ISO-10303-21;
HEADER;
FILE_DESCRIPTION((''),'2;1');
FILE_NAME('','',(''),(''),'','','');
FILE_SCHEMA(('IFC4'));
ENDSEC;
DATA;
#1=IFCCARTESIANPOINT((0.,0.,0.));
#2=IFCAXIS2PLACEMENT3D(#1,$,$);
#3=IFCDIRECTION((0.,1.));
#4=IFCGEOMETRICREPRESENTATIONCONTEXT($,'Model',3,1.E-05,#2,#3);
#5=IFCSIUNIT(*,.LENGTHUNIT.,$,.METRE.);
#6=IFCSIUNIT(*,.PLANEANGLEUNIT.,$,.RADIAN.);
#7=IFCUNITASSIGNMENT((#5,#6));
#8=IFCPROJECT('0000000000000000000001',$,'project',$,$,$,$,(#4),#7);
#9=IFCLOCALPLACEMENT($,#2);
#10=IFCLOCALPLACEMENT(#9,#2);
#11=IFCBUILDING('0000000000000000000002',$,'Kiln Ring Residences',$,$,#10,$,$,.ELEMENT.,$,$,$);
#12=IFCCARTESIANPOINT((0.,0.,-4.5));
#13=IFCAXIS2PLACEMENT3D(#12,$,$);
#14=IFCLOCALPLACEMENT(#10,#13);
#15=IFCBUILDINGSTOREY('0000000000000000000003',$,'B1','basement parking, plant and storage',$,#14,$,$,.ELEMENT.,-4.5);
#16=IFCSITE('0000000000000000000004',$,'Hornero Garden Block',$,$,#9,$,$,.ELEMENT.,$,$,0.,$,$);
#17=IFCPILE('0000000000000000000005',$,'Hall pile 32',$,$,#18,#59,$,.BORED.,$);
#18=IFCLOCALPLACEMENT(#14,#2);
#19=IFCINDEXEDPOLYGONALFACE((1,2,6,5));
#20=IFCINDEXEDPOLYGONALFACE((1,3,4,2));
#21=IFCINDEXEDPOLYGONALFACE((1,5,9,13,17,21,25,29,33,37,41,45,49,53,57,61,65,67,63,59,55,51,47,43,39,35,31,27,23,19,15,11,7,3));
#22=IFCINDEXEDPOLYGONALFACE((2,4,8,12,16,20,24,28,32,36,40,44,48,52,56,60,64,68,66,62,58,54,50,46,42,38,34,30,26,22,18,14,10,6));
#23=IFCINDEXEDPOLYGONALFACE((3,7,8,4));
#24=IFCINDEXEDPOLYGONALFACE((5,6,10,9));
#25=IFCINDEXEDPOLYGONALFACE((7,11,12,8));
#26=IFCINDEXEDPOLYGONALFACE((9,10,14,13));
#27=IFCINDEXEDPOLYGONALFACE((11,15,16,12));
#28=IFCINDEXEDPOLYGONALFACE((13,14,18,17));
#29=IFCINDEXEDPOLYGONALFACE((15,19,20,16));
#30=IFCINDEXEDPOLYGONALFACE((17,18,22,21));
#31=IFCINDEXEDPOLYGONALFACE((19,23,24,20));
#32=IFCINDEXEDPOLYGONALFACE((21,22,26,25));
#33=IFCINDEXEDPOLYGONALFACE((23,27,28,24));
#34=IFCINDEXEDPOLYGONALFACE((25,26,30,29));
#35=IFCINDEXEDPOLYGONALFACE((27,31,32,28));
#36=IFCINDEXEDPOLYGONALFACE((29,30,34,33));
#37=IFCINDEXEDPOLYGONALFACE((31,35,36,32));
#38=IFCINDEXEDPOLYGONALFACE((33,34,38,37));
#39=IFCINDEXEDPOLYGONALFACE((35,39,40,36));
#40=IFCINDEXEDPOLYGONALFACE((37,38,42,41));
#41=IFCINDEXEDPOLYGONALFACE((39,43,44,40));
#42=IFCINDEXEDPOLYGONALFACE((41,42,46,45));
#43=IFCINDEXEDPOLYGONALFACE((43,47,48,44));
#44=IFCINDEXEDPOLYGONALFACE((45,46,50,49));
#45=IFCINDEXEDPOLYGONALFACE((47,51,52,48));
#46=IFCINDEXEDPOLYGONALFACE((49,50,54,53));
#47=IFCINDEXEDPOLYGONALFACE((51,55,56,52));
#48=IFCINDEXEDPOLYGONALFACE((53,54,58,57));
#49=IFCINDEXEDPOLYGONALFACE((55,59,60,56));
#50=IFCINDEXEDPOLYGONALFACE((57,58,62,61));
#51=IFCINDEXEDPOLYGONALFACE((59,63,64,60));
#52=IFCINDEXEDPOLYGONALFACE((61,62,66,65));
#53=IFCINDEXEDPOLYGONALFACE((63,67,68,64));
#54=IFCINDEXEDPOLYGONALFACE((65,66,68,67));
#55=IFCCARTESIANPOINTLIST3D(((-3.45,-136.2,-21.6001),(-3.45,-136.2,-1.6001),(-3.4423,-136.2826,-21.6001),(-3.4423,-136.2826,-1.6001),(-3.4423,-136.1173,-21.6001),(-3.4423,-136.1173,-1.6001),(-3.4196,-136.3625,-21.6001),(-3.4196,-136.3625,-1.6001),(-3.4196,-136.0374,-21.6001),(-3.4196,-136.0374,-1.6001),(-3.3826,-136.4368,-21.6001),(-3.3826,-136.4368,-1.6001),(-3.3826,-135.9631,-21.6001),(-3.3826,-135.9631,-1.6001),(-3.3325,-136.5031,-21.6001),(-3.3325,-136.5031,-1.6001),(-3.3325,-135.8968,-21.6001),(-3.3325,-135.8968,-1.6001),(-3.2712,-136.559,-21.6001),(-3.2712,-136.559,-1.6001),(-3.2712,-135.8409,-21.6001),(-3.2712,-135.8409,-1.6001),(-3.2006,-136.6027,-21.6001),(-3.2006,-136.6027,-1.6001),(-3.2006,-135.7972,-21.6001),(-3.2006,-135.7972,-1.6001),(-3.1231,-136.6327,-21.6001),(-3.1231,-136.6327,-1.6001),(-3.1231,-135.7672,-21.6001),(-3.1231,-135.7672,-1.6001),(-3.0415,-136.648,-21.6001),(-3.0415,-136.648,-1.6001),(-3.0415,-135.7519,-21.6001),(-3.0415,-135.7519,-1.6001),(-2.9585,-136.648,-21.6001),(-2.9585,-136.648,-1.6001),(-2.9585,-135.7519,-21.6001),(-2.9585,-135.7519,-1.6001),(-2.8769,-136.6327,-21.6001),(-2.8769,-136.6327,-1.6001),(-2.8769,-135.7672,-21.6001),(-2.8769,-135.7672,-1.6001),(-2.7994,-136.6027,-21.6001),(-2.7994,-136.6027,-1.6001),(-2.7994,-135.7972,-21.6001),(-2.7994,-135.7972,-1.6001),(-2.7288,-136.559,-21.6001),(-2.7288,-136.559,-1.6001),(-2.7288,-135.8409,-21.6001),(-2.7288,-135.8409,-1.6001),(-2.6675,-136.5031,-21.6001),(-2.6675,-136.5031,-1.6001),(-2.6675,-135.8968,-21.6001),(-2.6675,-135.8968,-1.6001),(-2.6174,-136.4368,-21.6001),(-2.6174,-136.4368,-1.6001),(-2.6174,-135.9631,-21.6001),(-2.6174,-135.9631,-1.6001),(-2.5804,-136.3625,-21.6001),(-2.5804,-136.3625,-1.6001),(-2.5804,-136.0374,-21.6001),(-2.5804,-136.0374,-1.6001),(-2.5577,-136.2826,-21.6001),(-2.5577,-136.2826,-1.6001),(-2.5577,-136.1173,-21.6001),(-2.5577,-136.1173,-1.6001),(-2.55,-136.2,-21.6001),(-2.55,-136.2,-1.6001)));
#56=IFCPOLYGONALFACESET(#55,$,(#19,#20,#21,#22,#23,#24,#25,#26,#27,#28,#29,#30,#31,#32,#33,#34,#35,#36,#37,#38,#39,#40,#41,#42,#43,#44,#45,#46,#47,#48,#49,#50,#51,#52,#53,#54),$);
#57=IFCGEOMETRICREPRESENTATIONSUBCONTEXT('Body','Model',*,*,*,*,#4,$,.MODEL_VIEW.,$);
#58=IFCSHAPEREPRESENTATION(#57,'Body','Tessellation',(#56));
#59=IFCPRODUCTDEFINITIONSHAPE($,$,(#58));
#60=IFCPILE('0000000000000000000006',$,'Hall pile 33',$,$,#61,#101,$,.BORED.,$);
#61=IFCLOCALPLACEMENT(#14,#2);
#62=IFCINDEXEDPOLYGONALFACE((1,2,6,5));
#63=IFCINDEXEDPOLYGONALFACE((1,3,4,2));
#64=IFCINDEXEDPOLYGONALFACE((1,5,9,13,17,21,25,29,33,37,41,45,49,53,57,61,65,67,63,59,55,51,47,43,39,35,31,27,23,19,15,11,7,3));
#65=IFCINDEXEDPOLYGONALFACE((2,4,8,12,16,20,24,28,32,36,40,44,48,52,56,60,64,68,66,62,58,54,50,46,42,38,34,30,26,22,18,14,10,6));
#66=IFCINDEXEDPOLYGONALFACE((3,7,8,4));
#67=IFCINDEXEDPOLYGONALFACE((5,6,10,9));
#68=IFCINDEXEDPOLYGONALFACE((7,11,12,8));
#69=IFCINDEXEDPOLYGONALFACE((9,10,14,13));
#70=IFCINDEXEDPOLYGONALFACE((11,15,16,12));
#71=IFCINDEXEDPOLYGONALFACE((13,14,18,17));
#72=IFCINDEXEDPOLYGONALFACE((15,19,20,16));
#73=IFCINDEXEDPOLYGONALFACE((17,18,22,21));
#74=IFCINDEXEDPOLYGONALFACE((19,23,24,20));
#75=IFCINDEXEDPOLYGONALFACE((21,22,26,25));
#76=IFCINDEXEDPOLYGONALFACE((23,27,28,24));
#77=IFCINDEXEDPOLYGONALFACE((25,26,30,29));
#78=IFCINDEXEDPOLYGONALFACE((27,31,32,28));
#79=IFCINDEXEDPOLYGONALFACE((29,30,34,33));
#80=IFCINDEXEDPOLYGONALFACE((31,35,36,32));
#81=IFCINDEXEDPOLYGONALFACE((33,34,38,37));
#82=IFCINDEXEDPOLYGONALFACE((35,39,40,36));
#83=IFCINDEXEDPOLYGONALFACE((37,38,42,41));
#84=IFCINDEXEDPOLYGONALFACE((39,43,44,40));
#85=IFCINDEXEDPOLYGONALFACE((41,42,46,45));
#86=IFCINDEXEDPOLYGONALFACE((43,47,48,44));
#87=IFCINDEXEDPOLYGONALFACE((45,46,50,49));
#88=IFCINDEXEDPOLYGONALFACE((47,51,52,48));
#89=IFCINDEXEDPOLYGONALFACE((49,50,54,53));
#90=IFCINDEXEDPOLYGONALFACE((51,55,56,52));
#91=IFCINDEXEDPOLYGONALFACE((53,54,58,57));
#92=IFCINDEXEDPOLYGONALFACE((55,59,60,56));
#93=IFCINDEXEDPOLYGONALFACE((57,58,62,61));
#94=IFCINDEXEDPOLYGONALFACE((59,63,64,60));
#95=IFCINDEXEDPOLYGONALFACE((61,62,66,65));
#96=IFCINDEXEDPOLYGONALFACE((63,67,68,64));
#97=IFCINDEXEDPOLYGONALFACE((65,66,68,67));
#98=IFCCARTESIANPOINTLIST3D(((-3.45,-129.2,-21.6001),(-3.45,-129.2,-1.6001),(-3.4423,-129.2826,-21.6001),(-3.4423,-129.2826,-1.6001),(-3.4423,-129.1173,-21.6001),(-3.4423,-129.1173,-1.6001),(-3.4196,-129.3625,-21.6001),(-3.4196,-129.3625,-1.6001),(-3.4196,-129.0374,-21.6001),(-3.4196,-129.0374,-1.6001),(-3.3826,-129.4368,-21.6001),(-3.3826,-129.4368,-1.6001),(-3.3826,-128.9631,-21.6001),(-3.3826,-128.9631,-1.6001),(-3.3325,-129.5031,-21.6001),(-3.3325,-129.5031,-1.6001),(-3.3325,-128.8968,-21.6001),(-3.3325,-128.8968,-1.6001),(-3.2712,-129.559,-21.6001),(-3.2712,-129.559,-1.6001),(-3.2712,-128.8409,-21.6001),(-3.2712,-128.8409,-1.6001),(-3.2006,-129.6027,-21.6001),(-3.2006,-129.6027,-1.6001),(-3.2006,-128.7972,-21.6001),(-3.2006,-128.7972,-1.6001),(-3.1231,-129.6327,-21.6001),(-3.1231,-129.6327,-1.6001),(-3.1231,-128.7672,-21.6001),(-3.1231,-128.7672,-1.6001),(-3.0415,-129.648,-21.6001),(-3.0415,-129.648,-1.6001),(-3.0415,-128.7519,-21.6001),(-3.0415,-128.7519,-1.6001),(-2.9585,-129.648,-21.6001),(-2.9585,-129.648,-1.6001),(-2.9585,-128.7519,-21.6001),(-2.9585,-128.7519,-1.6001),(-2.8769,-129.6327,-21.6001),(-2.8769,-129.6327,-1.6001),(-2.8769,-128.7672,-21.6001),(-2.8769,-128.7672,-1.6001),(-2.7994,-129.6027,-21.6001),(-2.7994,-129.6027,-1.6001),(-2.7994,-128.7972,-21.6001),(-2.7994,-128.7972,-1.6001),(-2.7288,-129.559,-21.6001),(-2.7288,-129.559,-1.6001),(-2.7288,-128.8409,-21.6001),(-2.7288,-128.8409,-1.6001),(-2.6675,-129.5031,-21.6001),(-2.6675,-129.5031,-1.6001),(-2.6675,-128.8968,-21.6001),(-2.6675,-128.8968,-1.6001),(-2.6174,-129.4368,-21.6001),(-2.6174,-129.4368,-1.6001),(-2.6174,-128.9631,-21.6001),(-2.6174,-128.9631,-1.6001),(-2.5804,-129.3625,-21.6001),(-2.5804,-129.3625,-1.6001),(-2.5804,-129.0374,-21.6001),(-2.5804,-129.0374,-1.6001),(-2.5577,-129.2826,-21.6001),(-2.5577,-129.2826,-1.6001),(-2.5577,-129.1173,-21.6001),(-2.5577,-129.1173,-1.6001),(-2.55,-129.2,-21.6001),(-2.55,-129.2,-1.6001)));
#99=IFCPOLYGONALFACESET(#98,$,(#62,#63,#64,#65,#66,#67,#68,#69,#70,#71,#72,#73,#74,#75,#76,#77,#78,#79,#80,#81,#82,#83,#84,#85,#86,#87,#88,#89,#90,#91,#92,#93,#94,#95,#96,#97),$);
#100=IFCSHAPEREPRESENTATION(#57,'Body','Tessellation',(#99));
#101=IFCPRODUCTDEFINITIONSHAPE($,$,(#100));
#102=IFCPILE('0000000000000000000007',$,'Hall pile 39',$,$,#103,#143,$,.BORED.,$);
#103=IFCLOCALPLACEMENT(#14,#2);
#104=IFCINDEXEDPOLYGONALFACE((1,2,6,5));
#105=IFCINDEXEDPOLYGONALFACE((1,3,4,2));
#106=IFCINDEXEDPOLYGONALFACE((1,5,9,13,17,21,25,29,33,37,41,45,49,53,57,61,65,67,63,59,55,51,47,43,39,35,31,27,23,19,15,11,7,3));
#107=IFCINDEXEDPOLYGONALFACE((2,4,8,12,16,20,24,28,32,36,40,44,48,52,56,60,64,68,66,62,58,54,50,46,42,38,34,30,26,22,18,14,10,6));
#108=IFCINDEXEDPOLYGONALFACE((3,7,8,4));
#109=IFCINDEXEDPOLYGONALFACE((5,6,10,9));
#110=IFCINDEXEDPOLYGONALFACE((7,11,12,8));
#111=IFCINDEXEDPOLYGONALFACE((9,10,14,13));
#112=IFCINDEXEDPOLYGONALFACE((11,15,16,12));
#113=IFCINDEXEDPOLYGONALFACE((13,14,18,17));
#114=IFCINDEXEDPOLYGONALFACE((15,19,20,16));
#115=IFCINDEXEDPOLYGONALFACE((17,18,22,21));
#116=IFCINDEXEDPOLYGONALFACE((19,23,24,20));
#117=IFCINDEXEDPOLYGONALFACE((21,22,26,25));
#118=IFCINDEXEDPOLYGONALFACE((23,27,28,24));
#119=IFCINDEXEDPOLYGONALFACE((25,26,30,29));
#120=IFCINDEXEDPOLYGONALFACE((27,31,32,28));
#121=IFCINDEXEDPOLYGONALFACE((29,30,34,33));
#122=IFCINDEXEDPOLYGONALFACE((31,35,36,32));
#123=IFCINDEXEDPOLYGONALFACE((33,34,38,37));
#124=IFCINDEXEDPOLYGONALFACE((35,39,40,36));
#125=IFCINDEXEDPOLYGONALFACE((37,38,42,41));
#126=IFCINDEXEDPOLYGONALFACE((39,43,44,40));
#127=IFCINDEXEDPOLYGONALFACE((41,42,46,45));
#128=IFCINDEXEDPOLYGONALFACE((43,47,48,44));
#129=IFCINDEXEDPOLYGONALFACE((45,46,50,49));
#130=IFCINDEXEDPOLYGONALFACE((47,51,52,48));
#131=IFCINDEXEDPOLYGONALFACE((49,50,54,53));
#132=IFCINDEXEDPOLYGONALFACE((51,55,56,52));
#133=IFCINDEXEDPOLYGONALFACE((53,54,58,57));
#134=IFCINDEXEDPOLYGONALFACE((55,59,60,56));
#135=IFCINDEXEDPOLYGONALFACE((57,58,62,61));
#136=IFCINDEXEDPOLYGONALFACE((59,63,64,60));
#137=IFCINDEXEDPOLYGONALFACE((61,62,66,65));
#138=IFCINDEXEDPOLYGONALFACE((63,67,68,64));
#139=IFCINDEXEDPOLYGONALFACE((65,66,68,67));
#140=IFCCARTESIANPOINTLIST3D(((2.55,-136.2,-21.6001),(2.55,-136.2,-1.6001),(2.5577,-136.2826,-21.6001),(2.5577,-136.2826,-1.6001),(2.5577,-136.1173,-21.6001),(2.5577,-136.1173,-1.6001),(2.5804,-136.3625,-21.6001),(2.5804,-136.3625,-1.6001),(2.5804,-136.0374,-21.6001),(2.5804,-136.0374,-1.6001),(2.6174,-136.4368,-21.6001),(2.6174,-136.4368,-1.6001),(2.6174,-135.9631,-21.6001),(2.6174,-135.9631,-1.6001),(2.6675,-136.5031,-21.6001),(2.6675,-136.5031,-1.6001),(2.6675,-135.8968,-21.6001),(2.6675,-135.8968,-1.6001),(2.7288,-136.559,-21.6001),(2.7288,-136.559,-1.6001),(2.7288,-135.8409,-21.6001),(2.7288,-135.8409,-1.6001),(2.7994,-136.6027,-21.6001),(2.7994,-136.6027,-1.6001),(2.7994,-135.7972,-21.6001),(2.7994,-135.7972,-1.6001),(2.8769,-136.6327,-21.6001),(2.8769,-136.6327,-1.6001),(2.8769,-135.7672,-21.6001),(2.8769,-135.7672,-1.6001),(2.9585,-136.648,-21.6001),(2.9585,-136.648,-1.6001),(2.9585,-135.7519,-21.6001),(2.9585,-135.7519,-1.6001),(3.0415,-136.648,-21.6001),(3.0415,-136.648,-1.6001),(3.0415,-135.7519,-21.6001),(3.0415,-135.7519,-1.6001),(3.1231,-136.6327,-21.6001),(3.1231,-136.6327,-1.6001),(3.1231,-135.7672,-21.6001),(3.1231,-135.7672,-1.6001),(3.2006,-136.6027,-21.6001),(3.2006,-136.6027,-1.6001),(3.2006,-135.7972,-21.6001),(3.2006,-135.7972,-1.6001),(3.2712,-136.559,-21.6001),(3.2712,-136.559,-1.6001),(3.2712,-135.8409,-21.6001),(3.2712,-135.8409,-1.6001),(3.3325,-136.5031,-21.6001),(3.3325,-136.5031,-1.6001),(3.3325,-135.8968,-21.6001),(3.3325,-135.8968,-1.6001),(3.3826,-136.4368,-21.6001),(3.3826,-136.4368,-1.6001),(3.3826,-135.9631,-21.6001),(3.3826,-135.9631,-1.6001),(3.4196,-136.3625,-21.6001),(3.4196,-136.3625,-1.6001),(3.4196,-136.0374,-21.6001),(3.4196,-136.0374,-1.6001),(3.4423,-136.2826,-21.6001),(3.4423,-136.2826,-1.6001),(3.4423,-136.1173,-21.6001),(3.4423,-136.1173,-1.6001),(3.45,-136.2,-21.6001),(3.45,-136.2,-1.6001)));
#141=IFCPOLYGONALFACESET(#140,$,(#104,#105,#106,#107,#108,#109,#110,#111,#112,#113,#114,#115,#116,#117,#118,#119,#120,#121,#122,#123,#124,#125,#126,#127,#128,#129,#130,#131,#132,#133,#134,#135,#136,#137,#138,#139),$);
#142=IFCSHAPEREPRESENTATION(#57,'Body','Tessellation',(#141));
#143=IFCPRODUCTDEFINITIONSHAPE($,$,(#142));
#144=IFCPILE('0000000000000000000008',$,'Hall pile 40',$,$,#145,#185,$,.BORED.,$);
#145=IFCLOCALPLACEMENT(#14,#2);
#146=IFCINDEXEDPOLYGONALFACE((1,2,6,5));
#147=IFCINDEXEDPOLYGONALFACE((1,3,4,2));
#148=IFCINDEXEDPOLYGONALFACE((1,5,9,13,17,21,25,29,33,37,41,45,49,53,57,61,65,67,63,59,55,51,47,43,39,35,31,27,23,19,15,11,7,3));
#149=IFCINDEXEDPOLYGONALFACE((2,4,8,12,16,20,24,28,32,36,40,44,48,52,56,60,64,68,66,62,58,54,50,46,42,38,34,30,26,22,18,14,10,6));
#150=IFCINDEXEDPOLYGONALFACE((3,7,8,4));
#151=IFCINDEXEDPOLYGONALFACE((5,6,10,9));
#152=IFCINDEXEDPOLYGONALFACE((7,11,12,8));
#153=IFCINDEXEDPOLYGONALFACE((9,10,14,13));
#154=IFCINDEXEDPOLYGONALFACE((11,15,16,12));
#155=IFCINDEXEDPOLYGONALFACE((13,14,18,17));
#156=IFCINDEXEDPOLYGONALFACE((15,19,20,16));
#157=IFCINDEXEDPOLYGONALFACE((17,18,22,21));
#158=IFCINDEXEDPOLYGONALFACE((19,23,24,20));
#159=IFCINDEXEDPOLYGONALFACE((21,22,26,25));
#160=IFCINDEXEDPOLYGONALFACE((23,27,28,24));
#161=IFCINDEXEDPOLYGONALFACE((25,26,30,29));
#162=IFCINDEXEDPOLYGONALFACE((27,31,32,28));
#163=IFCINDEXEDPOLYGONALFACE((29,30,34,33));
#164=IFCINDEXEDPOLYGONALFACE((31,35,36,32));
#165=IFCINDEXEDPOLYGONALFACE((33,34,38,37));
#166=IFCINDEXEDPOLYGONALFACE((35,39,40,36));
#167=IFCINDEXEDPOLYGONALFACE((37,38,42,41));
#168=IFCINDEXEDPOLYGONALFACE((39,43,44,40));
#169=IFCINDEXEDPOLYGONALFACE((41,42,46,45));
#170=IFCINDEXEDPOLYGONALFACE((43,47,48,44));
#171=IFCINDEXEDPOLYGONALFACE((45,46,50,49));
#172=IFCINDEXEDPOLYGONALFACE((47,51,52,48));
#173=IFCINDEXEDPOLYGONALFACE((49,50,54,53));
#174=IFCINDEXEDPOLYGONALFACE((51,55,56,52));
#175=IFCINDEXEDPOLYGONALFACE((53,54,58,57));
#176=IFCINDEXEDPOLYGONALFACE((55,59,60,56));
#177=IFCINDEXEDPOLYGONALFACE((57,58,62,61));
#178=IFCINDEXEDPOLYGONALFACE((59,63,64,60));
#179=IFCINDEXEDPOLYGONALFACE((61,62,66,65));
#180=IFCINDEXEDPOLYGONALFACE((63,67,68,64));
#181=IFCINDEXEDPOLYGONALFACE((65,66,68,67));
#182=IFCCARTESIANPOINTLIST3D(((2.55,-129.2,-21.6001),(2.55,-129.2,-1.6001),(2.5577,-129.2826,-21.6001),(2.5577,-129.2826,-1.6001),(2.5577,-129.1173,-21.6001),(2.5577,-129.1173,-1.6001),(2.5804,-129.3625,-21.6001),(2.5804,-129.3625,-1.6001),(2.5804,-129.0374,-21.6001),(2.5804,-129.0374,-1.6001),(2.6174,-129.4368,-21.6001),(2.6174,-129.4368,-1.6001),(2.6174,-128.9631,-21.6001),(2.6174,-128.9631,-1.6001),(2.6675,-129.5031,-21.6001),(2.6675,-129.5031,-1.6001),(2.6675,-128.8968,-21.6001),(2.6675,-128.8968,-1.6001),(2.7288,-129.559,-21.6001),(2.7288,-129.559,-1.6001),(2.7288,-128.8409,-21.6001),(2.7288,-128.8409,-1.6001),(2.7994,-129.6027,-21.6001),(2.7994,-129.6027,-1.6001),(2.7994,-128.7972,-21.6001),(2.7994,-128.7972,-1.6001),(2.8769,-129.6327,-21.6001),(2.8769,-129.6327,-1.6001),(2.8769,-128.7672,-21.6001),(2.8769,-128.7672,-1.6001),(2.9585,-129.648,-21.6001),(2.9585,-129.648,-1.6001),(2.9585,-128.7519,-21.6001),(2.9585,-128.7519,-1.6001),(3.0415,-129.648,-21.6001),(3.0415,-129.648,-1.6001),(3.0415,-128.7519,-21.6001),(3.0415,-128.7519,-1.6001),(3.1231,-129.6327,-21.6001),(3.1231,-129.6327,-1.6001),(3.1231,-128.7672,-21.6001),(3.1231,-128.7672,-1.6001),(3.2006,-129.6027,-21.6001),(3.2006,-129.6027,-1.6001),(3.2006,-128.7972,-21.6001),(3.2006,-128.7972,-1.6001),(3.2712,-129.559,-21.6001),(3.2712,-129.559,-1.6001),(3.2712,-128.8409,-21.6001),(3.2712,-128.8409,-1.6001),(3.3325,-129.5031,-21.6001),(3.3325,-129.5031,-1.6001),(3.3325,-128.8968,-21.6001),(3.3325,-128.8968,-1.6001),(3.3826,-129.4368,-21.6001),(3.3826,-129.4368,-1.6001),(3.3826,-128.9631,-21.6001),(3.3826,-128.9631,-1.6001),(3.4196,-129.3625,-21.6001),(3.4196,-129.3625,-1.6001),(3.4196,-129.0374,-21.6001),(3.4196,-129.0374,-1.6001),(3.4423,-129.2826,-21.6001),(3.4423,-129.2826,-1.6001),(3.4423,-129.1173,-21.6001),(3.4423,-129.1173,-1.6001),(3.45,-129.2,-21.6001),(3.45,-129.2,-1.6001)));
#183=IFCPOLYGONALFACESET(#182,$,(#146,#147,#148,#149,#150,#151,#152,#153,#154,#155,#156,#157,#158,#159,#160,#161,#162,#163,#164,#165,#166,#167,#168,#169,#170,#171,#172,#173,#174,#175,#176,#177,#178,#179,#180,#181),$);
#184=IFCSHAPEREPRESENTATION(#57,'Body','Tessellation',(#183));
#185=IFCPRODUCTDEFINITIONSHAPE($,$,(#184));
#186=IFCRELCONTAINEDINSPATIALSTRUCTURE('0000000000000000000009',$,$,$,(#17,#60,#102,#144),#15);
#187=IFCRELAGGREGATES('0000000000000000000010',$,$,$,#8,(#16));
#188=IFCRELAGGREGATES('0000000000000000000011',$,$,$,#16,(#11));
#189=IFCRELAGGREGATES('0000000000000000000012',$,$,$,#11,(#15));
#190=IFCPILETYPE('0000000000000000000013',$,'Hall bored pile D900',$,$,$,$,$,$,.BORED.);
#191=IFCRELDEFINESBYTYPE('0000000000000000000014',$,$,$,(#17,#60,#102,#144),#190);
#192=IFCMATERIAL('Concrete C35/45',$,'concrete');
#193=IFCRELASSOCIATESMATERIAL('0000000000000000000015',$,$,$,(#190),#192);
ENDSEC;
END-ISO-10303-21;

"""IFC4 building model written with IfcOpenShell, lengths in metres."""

from ifc_helpers import new_model, si_unit, direction, frame, origin, origin_2d, place, context, subcontext, project, spatial, circle, extrude, material, material_profile, profile_set, type_object, element, save


model = new_model("IFC4")

# Units and contexts
model_context = context("Model", 3, precision=1e-05, world=origin(), true_north=direction((0.0, 1.0)))
body_context = subcontext(model_context, "Body", "Model", "MODEL_VIEW")
ifc_project = project(units=[si_unit("LENGTHUNIT", "METRE"), si_unit("PLANEANGLEUNIT", "RADIAN")], contexts=[model_context])

# Site, building, storey
site_placement = place(None, origin())
site = spatial("IfcSite", under=ifc_project, at=site_placement, Name="Hornero Garden Block", CompositionType="ELEMENT", RefElevation=0.0)
building_placement = place(site_placement, origin())
building = spatial("IfcBuilding", under=site, at=building_placement, Name="Kiln Ring Residences", CompositionType="ELEMENT")
storey_placement = place(building_placement, frame((0.0, 0.0, -4.5)))
storey = spatial("IfcBuildingStorey", under=building, at=storey_placement, Name="B1", Description="basement parking, plant and storage", CompositionType="ELEMENT", Elevation=-4.5)

# Piles
ifc_material_1 = material(Name="Concrete C35/45", Category="concrete")
ifc_material_profile = material_profile(ifc_material_1, circle(Radius=0.45, at=origin_2d()), Name="Hall bored pile D900")
ifc_profile_set = profile_set([ifc_material_profile], Name="Concrete C35/45")
pile_type = type_object("IfcPileType", Name="Hall bored pile D900", PredefinedType="BORED", material=ifc_profile_set)
for number, where, z_axis, x_axis, name in (
    (1, (-3.0, -136.2, -1.6001), (0.0, 0.0, -1.0), (1.0, 0.0, 0.0), "Hall pile 32"),
    (2, (-3.0, -129.2, -1.6001), (0.0, 0.0, -1.0), (1.0, 0.0, 0.0), "Hall pile 33"),
    (3, (3.0, -136.2, -1.6001), (0.0, 0.0, -1.0), (1.0, 0.0, 0.0), "Hall pile 39"),
    (4, (3.0, -129.2, -1.6001), (0.0, 0.0, -1.0), (1.0, 0.0, 0.0), "Hall pile 40"),
):
    element("IfcPile", number, at=place(storey_placement, frame(where, z_axis=z_axis, x_axis=x_axis)), inside=storey, type_object=pile_type, Name=name, PredefinedType="BORED", context=body_context, shape_type="SweptSolid", body=[
        extrude(circle(Radius=0.45, at=origin_2d()), origin(), (0.0, 0.0, 1.0), 20.0),
    ])

save(model, "model.ifc")
